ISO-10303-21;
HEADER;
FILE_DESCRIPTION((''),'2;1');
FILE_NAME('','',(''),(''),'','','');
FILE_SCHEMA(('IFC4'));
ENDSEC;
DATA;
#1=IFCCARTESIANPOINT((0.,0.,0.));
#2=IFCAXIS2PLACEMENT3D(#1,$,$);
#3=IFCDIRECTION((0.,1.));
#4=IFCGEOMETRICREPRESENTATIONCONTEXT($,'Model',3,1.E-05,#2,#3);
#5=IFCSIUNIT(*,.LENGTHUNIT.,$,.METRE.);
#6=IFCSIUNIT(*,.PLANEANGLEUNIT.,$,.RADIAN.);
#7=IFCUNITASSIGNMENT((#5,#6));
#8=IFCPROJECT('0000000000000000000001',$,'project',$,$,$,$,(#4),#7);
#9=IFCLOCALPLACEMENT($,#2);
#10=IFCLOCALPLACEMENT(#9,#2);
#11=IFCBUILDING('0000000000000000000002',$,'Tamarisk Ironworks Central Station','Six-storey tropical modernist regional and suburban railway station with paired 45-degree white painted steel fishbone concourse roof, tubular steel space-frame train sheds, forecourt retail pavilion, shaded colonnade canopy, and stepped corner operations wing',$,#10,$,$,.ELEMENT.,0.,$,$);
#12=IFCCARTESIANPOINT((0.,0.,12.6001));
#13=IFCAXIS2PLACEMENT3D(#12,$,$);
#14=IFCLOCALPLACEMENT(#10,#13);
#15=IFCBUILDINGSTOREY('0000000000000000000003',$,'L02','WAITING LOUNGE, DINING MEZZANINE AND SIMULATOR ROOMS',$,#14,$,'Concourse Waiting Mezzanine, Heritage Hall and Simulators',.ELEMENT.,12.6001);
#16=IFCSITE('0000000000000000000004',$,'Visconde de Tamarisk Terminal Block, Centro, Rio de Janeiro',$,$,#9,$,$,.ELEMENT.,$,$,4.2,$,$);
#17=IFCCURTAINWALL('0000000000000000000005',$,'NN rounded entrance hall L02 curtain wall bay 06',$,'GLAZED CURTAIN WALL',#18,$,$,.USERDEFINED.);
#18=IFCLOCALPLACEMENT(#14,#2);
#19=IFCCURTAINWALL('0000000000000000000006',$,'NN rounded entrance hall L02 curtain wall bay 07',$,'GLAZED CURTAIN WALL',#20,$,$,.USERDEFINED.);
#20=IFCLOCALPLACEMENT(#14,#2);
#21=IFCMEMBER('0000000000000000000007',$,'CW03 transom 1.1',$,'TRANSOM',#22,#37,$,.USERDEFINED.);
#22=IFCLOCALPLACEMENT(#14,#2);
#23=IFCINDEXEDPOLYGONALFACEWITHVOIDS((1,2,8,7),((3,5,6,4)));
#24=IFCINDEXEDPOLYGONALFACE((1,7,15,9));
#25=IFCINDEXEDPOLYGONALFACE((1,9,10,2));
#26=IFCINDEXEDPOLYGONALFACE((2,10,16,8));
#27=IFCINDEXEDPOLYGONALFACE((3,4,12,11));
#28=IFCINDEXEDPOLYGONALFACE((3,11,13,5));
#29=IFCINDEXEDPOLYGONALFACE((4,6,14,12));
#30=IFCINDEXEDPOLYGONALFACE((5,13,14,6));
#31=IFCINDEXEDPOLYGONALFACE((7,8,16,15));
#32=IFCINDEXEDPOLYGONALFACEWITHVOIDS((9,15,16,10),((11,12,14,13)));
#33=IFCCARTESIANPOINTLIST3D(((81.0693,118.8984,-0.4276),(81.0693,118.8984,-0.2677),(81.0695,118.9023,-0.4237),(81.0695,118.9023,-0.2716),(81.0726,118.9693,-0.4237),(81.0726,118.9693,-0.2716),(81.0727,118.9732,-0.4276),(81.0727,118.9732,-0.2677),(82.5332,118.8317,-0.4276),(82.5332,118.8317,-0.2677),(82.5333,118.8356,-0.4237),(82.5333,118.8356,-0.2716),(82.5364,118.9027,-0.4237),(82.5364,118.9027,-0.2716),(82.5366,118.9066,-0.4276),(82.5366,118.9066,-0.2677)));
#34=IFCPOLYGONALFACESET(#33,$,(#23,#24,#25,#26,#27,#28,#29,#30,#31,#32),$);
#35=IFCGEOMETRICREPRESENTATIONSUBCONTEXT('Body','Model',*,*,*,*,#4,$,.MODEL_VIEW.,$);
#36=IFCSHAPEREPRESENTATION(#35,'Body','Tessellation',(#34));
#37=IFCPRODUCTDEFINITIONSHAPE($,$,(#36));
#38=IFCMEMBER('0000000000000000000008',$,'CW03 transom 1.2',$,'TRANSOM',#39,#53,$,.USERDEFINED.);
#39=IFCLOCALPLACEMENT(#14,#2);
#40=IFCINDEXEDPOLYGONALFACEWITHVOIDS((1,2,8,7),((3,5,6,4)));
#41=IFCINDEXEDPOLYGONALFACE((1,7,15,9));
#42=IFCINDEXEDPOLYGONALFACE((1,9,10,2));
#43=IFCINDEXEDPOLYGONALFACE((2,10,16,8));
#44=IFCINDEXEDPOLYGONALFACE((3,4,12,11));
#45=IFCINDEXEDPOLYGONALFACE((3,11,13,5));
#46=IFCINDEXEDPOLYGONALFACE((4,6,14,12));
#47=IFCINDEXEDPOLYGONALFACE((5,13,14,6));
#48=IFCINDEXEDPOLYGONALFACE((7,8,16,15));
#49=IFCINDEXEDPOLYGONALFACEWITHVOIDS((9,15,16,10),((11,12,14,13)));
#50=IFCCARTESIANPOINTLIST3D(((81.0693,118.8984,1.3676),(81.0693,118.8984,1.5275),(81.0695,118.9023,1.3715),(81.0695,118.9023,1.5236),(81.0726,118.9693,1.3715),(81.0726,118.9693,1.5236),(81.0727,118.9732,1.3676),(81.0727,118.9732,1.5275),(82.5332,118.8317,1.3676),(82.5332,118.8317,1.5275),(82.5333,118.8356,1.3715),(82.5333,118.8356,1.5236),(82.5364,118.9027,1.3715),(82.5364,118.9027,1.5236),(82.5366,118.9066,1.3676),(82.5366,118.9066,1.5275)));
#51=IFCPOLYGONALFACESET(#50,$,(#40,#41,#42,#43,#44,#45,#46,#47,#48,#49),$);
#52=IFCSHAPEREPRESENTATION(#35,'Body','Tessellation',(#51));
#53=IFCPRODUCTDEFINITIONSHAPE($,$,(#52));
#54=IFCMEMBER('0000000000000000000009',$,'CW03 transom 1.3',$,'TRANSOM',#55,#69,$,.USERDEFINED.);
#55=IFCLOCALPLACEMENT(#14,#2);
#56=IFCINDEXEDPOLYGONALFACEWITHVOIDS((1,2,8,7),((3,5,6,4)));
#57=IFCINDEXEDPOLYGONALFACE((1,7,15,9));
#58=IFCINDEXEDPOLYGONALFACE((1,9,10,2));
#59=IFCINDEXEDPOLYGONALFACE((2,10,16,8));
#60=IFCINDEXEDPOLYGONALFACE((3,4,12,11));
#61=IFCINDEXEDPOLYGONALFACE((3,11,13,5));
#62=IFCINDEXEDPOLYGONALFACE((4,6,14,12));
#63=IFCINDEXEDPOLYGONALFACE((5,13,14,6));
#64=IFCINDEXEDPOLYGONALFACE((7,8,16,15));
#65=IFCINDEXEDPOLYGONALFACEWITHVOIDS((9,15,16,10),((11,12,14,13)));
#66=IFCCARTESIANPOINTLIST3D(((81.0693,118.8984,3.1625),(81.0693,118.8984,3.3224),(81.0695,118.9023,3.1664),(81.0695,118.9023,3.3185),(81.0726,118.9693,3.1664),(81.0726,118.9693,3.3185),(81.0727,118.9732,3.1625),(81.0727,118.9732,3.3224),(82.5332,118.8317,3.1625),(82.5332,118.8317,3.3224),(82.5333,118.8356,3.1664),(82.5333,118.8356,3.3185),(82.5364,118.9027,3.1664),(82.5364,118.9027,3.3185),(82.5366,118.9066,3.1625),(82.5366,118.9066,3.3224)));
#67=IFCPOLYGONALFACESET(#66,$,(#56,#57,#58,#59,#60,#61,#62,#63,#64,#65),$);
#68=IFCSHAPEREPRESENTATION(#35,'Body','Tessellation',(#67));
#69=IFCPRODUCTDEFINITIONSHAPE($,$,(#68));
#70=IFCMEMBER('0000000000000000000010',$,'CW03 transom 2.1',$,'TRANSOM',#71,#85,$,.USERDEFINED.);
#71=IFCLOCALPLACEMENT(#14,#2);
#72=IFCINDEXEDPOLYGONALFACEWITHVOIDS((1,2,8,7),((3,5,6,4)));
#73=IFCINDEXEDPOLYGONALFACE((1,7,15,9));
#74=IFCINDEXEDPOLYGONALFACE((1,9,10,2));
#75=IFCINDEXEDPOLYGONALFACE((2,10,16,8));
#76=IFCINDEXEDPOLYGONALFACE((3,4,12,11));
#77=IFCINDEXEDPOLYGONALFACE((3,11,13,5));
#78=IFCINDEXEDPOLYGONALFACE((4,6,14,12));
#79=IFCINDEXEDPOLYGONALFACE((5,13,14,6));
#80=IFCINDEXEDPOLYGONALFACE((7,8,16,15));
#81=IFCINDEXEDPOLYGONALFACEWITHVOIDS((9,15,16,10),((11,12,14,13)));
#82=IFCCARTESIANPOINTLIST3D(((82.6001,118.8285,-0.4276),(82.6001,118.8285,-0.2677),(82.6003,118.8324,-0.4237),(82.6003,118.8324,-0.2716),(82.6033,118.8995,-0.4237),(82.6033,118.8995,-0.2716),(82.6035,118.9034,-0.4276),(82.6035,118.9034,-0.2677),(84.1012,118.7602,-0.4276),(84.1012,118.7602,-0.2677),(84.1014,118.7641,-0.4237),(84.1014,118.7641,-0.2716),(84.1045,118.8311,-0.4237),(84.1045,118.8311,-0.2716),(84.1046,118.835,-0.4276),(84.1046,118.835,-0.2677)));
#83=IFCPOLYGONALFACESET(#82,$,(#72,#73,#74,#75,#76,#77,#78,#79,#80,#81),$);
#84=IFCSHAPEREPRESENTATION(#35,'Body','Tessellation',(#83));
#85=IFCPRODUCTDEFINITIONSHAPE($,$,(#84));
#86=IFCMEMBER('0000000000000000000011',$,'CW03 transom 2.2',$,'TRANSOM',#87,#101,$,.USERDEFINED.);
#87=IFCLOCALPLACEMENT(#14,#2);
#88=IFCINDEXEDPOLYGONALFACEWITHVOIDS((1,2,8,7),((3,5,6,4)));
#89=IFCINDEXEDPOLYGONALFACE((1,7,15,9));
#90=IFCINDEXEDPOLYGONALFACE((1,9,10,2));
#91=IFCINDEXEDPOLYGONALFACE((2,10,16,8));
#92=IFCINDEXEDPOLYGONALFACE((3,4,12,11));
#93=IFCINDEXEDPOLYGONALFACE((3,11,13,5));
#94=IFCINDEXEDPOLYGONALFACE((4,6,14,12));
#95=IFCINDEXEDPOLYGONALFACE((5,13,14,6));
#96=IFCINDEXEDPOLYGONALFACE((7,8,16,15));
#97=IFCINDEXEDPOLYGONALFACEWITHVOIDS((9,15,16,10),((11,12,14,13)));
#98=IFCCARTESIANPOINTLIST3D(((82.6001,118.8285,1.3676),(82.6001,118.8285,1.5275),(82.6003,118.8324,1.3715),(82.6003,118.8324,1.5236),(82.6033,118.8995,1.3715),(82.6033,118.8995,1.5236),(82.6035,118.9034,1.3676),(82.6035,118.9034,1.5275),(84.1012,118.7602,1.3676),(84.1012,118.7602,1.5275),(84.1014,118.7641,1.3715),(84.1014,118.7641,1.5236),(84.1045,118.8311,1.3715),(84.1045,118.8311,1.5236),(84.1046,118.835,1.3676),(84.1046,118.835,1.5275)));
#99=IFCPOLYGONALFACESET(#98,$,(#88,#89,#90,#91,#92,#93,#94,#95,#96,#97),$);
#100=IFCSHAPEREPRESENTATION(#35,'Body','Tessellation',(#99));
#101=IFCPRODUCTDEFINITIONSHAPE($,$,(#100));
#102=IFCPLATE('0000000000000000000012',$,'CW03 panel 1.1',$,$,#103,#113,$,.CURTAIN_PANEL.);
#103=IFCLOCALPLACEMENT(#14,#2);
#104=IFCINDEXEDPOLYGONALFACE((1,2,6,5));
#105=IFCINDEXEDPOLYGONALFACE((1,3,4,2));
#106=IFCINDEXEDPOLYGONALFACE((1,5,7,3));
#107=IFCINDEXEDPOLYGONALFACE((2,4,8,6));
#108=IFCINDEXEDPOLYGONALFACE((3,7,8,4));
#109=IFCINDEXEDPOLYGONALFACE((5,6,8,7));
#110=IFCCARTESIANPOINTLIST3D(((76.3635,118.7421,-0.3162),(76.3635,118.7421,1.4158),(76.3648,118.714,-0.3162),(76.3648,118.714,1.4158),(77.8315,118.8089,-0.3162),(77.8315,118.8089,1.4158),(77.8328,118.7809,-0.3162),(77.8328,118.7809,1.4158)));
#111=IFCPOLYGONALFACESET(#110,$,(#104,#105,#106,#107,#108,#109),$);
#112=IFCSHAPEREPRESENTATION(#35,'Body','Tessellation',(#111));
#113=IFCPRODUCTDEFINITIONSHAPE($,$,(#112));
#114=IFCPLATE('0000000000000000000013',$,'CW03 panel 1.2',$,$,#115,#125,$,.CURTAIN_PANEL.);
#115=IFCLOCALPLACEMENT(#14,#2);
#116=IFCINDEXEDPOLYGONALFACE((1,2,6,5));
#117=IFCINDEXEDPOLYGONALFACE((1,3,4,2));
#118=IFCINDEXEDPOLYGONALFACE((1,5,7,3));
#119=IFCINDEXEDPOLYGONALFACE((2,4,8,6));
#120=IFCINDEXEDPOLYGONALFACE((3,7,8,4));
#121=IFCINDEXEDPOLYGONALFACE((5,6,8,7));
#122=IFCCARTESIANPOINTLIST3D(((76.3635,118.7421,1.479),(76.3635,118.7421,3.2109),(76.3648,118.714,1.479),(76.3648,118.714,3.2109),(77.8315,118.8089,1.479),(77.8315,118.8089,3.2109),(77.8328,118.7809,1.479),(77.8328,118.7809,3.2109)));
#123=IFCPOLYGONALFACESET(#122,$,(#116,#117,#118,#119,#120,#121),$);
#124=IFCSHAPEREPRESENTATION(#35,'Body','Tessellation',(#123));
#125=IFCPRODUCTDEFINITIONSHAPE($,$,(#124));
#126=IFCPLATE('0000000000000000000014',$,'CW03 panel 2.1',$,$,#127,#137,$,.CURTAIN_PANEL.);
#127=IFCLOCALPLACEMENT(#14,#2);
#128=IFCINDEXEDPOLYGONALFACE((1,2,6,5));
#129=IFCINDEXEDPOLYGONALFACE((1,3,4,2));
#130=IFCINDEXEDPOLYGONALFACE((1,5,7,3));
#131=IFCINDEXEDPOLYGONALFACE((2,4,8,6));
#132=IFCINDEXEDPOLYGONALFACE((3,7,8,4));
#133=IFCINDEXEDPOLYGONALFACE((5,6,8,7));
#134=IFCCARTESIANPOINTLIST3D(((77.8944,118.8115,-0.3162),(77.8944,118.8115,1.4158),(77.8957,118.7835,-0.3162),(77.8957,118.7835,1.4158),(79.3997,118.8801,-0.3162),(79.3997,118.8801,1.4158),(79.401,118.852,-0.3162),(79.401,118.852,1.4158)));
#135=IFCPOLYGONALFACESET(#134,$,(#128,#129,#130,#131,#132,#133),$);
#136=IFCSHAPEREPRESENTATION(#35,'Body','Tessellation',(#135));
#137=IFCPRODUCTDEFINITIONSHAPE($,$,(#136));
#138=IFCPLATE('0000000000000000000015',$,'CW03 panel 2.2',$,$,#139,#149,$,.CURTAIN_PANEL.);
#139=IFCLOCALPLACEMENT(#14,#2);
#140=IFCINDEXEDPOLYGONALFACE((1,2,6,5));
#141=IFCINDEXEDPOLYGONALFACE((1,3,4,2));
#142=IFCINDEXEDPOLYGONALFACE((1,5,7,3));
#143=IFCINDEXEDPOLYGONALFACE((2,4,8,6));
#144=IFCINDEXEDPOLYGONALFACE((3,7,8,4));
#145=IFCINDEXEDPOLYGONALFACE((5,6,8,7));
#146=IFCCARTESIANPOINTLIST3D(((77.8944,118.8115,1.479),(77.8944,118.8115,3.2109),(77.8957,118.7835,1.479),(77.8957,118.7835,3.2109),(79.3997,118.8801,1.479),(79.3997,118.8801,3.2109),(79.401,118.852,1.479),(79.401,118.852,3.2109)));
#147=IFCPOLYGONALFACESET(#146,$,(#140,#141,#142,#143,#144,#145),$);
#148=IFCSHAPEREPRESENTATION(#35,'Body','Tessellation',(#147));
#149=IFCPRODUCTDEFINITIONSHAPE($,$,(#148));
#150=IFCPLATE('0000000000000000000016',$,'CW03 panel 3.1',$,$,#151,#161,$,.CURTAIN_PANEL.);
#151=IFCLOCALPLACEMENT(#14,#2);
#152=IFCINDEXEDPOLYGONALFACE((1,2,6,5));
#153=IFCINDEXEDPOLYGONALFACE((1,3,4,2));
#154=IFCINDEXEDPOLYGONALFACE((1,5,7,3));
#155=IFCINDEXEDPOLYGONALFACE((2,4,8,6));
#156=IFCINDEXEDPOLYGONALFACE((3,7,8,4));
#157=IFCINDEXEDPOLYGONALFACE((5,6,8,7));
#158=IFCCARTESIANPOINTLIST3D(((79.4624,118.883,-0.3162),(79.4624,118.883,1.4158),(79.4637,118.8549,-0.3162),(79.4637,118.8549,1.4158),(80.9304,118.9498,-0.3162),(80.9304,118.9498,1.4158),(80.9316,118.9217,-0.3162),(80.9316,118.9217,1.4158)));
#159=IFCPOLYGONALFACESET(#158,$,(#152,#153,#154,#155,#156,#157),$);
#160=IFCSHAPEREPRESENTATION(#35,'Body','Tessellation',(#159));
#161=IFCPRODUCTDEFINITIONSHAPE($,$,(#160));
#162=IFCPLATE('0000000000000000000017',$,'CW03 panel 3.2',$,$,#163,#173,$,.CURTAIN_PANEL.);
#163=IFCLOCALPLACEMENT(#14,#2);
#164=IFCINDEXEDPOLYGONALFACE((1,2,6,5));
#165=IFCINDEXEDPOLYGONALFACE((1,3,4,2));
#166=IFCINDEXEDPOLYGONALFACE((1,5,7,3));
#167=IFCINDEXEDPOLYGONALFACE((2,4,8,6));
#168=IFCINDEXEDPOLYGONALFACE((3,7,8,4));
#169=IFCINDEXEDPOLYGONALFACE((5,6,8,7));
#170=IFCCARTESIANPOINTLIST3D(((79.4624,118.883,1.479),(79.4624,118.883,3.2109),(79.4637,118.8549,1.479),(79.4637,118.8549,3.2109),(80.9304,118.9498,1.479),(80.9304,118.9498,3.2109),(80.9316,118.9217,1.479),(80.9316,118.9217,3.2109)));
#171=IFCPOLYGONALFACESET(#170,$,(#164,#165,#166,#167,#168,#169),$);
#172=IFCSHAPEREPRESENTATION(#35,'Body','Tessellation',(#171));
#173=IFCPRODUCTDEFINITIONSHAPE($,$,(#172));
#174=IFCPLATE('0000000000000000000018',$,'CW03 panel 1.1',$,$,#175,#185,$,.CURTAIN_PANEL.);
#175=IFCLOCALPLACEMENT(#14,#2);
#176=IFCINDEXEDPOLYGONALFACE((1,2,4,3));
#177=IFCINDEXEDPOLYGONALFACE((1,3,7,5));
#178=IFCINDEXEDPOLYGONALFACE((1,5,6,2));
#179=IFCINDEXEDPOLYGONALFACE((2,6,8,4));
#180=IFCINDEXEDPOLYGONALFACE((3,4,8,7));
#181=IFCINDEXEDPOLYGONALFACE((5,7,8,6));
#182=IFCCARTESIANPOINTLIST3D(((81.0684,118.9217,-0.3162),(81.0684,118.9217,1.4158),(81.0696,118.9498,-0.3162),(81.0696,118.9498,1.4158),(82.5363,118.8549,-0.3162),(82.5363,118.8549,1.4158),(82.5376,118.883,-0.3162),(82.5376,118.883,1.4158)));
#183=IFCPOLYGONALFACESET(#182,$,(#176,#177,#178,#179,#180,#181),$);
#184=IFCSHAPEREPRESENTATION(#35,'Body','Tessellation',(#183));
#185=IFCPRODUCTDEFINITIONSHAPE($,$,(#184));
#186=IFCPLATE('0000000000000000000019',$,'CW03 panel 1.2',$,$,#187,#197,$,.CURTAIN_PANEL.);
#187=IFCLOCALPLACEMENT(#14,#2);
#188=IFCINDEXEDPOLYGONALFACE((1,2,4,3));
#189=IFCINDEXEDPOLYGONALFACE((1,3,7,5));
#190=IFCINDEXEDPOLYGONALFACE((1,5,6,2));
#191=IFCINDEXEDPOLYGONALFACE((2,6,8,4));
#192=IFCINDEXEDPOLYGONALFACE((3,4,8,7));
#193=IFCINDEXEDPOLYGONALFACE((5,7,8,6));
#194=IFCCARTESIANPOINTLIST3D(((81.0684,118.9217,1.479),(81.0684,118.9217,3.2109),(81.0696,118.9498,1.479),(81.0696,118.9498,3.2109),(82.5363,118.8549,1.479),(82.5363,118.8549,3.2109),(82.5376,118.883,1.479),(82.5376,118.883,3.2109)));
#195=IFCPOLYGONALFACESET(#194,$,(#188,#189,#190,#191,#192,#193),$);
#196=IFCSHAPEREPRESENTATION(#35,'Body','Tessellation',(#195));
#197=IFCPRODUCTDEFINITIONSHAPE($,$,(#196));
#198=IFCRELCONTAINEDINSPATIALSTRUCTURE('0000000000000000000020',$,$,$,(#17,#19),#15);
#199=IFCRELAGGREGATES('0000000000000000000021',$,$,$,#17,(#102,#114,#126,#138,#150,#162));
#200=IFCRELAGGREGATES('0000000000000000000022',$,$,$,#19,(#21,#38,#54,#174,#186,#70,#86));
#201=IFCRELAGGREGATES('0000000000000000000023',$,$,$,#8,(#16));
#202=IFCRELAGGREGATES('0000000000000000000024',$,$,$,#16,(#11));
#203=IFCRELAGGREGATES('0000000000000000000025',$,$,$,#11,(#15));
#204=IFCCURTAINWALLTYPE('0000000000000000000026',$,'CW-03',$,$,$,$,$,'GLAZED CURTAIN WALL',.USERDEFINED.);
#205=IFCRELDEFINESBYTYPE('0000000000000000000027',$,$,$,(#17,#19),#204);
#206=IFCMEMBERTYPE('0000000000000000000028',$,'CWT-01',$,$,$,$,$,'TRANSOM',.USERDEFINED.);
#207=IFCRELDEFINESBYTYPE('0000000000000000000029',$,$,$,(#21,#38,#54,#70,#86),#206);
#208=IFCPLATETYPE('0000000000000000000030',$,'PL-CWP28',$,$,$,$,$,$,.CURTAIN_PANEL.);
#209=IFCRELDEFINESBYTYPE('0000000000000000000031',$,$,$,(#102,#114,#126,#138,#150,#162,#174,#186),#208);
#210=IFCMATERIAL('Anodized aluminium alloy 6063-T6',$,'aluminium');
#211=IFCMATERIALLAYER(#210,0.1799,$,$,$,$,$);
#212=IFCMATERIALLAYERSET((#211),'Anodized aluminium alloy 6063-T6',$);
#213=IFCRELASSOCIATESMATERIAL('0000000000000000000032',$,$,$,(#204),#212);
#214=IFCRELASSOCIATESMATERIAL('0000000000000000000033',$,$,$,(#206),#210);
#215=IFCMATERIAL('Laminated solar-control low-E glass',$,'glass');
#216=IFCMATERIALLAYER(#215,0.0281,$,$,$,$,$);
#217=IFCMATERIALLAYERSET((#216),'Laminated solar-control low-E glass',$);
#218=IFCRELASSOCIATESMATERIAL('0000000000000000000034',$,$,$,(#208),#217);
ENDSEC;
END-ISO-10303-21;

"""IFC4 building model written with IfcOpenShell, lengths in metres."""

from ifc_helpers import new_model, si_unit, direction, frame, origin, origin_2d, place, context, subcontext, project, spatial, rectangle, hollow_rectangle, extrude, material, layer, layer_set, material_profile, profile_set, type_object, element, aggregate, save


model = new_model("IFC4")

# Units and contexts
model_context = context("Model", 3, precision=1e-05, world=origin(), true_north=direction((0.0, 1.0)))
body_context = subcontext(model_context, "Body", "Model", "MODEL_VIEW")
ifc_project = project(units=[si_unit("LENGTHUNIT", "METRE"), si_unit("PLANEANGLEUNIT", "RADIAN")], contexts=[model_context])

# Site, building, storey
site_placement = place(None, origin())
site = spatial("IfcSite", under=ifc_project, at=site_placement, Name="Visconde de Tamarisk Terminal Block, Centro, Rio de Janeiro", CompositionType="ELEMENT", RefElevation=4.2)
building_placement = place(site_placement, origin())
building = spatial("IfcBuilding", under=site, at=building_placement, Name="Tamarisk Ironworks Central Station", Description="Six-storey tropical modernist regional and suburban railway station with paired 45-degree white painted steel fishbone concourse roof, tubular steel space-frame train sheds, forecourt retail pavilion, shaded colonnade canopy, and stepped corner operations wing", CompositionType="ELEMENT", ElevationOfRefHeight=0.0)
storey_placement = place(building_placement, frame((0.0, 0.0, 12.6001)))
storey = spatial("IfcBuildingStorey", under=building, at=storey_placement, Name="L02", Description="WAITING LOUNGE, DINING MEZZANINE AND SIMULATOR ROOMS", LongName="Concourse Waiting Mezzanine, Heritage Hall and Simulators", CompositionType="ELEMENT", Elevation=12.6001)

# Shared definitions
ifc_material_1 = material(Name="Anodized aluminium alloy 6063-T6", Category="aluminium")
ifc_layer_1 = layer(ifc_material_1, 0.1799)
ifc_layer_set_1 = layer_set([ifc_layer_1], Name="Anodized aluminium alloy 6063-T6")
curtain_wall_type = type_object("IfcCurtainWallType", Name="CW-03", ElementType="GLAZED CURTAIN WALL", PredefinedType="USERDEFINED", material=ifc_layer_set_1)

# Curtain walls
curtain_wall_1_placement = place(storey_placement, origin())
curtain_wall_1 = element("IfcCurtainWall", 1, at=curtain_wall_1_placement, inside=storey, type_object=curtain_wall_type, Name="NN rounded entrance hall L02 curtain wall bay 06", ObjectType="GLAZED CURTAIN WALL", PredefinedType="USERDEFINED")
curtain_wall_2_placement = place(storey_placement, origin())
curtain_wall_2 = element("IfcCurtainWall", 2, at=curtain_wall_2_placement, inside=storey, type_object=curtain_wall_type, Name="NN rounded entrance hall L02 curtain wall bay 07", ObjectType="GLAZED CURTAIN WALL", PredefinedType="USERDEFINED")

# Members
ifc_material_profile_1 = material_profile(ifc_material_1, hollow_rectangle(XDim=0.075, YDim=0.1599, WallThickness=0.0039, at=origin_2d()), Name="ALUM 160x75")
ifc_profile_set_1 = profile_set([ifc_material_profile_1], Name="Anodized aluminium alloy 6063-T6")
member_type_1 = type_object("IfcMemberType", Name="CWT-01", ElementType="TRANSOM", PredefinedType="USERDEFINED", material=ifc_profile_set_1)
member_1_placement = place(storey_placement, frame((81.071, 118.9358, -0.3477), z_axis=(0.998965, -0.045483, 0.0), x_axis=(0.045483, 0.998965, 0.0)))
member_1 = element("IfcMember", 3, at=member_1_placement, type_object=member_type_1, Name="CW03 transom 1.1", ObjectType="TRANSOM", PredefinedType="USERDEFINED", context=body_context, shape_type="SweptSolid", body=[
    extrude(hollow_rectangle(XDim=0.075, YDim=0.1599, WallThickness=0.0039, at=origin_2d()), origin(), (0.0, 0.0, 1.0), 1.4653),
])
member_2_placement = place(storey_placement, frame((81.071, 118.9358, 1.4475), z_axis=(0.998965, -0.045483, 0.0), x_axis=(0.045483, 0.998965, 0.0)))
member_2 = element("IfcMember", 4, at=member_2_placement, type_object=member_type_1, Name="CW03 transom 1.2", ObjectType="TRANSOM", PredefinedType="USERDEFINED", context=body_context, shape_type="SweptSolid", body=[
    extrude(hollow_rectangle(XDim=0.075, YDim=0.1599, WallThickness=0.0039, at=origin_2d()), origin(), (0.0, 0.0, 1.0), 1.4653),
])
member_3_placement = place(storey_placement, frame((81.071, 118.9358, 3.2424), z_axis=(0.998965, -0.045483, 0.0), x_axis=(0.045483, 0.998965, 0.0)))
member_3 = element("IfcMember", 5, at=member_3_placement, type_object=member_type_1, Name="CW03 transom 1.3", ObjectType="TRANSOM", PredefinedType="USERDEFINED", context=body_context, shape_type="SweptSolid", body=[
    extrude(hollow_rectangle(XDim=0.075, YDim=0.1599, WallThickness=0.0039, at=origin_2d()), origin(), (0.0, 0.0, 1.0), 1.4653),
])
member_4_placement = place(storey_placement, frame((82.6018, 118.866, -0.3477), z_axis=(0.998965, -0.045489, 0.0), x_axis=(0.045489, 0.998965, 0.0)))
member_4 = element("IfcMember", 6, at=member_4_placement, type_object=member_type_1, Name="CW03 transom 2.1", ObjectType="TRANSOM", PredefinedType="USERDEFINED", context=body_context, shape_type="SweptSolid", body=[
    extrude(hollow_rectangle(XDim=0.075, YDim=0.1599, WallThickness=0.0039, at=origin_2d()), origin(), (0.0, 0.0, 1.0), 1.5027),
])
member_5_placement = place(storey_placement, frame((82.6018, 118.866, 1.4475), z_axis=(0.998965, -0.045489, 0.0), x_axis=(0.045489, 0.998965, 0.0)))
member_5 = element("IfcMember", 7, at=member_5_placement, type_object=member_type_1, Name="CW03 transom 2.2", ObjectType="TRANSOM", PredefinedType="USERDEFINED", context=body_context, shape_type="SweptSolid", body=[
    extrude(hollow_rectangle(XDim=0.075, YDim=0.1599, WallThickness=0.0039, at=origin_2d()), origin(), (0.0, 0.0, 1.0), 1.5027),
])

# Plates
ifc_material_2 = material(Name="Laminated solar-control low-E glass", Category="glass")
ifc_layer_2 = layer(ifc_material_2, 0.0281)
ifc_layer_set_2 = layer_set([ifc_layer_2], Name="Laminated solar-control low-E glass")
plate_type = type_object("IfcPlateType", Name="PL-CWP28", PredefinedType="CURTAIN_PANEL", material=ifc_layer_set_2)
plate_1_placement = place(storey_placement, frame((77.0981, 118.7615, -0.3162), z_axis=(0.0, 0.0, 1.0), x_axis=(0.998965, 0.045481, 0.0)))
plate_1 = element("IfcPlate", 8, at=plate_1_placement, type_object=plate_type, Name="CW03 panel 1.1", PredefinedType="CURTAIN_PANEL", context=body_context, shape_type="SweptSolid", body=[
    extrude(rectangle(XDim=1.4695, YDim=0.0281, at=origin_2d()), origin(), (0.0, 0.0, 1.0), 1.7319),
])
plate_2_placement = place(storey_placement, frame((77.0981, 118.7615, 1.479), z_axis=(0.0, 0.0, 1.0), x_axis=(0.998965, 0.045481, 0.0)))
plate_2 = element("IfcPlate", 9, at=plate_2_placement, type_object=plate_type, Name="CW03 panel 1.2", PredefinedType="CURTAIN_PANEL", context=body_context, shape_type="SweptSolid", body=[
    extrude(rectangle(XDim=1.4695, YDim=0.0281, at=origin_2d()), origin(), (0.0, 0.0, 1.0), 1.7319),
])
plate_3_placement = place(storey_placement, frame((78.6477, 118.8318, -0.3162), z_axis=(0.0, 0.0, 1.0), x_axis=(0.998965, 0.045481, 0.0)))
plate_3 = element("IfcPlate", 10, at=plate_3_placement, type_object=plate_type, Name="CW03 panel 2.1", PredefinedType="CURTAIN_PANEL", context=body_context, shape_type="SweptSolid", body=[
    extrude(rectangle(XDim=1.5068, YDim=0.0281, at=origin_2d()), origin(), (0.0, 0.0, 1.0), 1.7319),
])
plate_4_placement = place(storey_placement, frame((78.6477, 118.8318, 1.479), z_axis=(0.0, 0.0, 1.0), x_axis=(0.998965, 0.045481, 0.0)))
plate_4 = element("IfcPlate", 11, at=plate_4_placement, type_object=plate_type, Name="CW03 panel 2.2", PredefinedType="CURTAIN_PANEL", context=body_context, shape_type="SweptSolid", body=[
    extrude(rectangle(XDim=1.5068, YDim=0.0281, at=origin_2d()), origin(), (0.0, 0.0, 1.0), 1.7319),
])
plate_5_placement = place(storey_placement, frame((80.197, 118.9023, -0.3162), z_axis=(0.0, 0.0, 1.0), x_axis=(0.998965, 0.045481, 0.0)))
plate_5 = element("IfcPlate", 12, at=plate_5_placement, type_object=plate_type, Name="CW03 panel 3.1", PredefinedType="CURTAIN_PANEL", context=body_context, shape_type="SweptSolid", body=[
    extrude(rectangle(XDim=1.4695, YDim=0.0281, at=origin_2d()), origin(), (0.0, 0.0, 1.0), 1.7319),
])
plate_6_placement = place(storey_placement, frame((80.197, 118.9023, 1.479), z_axis=(0.0, 0.0, 1.0), x_axis=(0.998965, 0.045481, 0.0)))
plate_6 = element("IfcPlate", 13, at=plate_6_placement, type_object=plate_type, Name="CW03 panel 3.2", PredefinedType="CURTAIN_PANEL", context=body_context, shape_type="SweptSolid", body=[
    extrude(rectangle(XDim=1.4695, YDim=0.0281, at=origin_2d()), origin(), (0.0, 0.0, 1.0), 1.7319),
])
aggregate(curtain_wall_1, [plate_1, plate_2, plate_3, plate_4, plate_5, plate_6])
plate_7_placement = place(storey_placement, frame((81.803, 118.9023, -0.3162), z_axis=(0.0, 0.0, 1.0), x_axis=(0.998965, -0.045481, 0.0)))
plate_7 = element("IfcPlate", 14, at=plate_7_placement, type_object=plate_type, Name="CW03 panel 1.1", PredefinedType="CURTAIN_PANEL", context=body_context, shape_type="SweptSolid", body=[
    extrude(rectangle(XDim=1.4695, YDim=0.0281, at=origin_2d()), origin(), (0.0, 0.0, 1.0), 1.7319),
])
plate_8_placement = place(storey_placement, frame((81.803, 118.9023, 1.479), z_axis=(0.0, 0.0, 1.0), x_axis=(0.998965, -0.045481, 0.0)))
plate_8 = element("IfcPlate", 15, at=plate_8_placement, type_object=plate_type, Name="CW03 panel 1.2", PredefinedType="CURTAIN_PANEL", context=body_context, shape_type="SweptSolid", body=[
    extrude(rectangle(XDim=1.4695, YDim=0.0281, at=origin_2d()), origin(), (0.0, 0.0, 1.0), 1.7319),
])
aggregate(curtain_wall_2, [member_1, member_2, member_3, plate_7, plate_8, member_4, member_5])

save(model, "model.ifc")
